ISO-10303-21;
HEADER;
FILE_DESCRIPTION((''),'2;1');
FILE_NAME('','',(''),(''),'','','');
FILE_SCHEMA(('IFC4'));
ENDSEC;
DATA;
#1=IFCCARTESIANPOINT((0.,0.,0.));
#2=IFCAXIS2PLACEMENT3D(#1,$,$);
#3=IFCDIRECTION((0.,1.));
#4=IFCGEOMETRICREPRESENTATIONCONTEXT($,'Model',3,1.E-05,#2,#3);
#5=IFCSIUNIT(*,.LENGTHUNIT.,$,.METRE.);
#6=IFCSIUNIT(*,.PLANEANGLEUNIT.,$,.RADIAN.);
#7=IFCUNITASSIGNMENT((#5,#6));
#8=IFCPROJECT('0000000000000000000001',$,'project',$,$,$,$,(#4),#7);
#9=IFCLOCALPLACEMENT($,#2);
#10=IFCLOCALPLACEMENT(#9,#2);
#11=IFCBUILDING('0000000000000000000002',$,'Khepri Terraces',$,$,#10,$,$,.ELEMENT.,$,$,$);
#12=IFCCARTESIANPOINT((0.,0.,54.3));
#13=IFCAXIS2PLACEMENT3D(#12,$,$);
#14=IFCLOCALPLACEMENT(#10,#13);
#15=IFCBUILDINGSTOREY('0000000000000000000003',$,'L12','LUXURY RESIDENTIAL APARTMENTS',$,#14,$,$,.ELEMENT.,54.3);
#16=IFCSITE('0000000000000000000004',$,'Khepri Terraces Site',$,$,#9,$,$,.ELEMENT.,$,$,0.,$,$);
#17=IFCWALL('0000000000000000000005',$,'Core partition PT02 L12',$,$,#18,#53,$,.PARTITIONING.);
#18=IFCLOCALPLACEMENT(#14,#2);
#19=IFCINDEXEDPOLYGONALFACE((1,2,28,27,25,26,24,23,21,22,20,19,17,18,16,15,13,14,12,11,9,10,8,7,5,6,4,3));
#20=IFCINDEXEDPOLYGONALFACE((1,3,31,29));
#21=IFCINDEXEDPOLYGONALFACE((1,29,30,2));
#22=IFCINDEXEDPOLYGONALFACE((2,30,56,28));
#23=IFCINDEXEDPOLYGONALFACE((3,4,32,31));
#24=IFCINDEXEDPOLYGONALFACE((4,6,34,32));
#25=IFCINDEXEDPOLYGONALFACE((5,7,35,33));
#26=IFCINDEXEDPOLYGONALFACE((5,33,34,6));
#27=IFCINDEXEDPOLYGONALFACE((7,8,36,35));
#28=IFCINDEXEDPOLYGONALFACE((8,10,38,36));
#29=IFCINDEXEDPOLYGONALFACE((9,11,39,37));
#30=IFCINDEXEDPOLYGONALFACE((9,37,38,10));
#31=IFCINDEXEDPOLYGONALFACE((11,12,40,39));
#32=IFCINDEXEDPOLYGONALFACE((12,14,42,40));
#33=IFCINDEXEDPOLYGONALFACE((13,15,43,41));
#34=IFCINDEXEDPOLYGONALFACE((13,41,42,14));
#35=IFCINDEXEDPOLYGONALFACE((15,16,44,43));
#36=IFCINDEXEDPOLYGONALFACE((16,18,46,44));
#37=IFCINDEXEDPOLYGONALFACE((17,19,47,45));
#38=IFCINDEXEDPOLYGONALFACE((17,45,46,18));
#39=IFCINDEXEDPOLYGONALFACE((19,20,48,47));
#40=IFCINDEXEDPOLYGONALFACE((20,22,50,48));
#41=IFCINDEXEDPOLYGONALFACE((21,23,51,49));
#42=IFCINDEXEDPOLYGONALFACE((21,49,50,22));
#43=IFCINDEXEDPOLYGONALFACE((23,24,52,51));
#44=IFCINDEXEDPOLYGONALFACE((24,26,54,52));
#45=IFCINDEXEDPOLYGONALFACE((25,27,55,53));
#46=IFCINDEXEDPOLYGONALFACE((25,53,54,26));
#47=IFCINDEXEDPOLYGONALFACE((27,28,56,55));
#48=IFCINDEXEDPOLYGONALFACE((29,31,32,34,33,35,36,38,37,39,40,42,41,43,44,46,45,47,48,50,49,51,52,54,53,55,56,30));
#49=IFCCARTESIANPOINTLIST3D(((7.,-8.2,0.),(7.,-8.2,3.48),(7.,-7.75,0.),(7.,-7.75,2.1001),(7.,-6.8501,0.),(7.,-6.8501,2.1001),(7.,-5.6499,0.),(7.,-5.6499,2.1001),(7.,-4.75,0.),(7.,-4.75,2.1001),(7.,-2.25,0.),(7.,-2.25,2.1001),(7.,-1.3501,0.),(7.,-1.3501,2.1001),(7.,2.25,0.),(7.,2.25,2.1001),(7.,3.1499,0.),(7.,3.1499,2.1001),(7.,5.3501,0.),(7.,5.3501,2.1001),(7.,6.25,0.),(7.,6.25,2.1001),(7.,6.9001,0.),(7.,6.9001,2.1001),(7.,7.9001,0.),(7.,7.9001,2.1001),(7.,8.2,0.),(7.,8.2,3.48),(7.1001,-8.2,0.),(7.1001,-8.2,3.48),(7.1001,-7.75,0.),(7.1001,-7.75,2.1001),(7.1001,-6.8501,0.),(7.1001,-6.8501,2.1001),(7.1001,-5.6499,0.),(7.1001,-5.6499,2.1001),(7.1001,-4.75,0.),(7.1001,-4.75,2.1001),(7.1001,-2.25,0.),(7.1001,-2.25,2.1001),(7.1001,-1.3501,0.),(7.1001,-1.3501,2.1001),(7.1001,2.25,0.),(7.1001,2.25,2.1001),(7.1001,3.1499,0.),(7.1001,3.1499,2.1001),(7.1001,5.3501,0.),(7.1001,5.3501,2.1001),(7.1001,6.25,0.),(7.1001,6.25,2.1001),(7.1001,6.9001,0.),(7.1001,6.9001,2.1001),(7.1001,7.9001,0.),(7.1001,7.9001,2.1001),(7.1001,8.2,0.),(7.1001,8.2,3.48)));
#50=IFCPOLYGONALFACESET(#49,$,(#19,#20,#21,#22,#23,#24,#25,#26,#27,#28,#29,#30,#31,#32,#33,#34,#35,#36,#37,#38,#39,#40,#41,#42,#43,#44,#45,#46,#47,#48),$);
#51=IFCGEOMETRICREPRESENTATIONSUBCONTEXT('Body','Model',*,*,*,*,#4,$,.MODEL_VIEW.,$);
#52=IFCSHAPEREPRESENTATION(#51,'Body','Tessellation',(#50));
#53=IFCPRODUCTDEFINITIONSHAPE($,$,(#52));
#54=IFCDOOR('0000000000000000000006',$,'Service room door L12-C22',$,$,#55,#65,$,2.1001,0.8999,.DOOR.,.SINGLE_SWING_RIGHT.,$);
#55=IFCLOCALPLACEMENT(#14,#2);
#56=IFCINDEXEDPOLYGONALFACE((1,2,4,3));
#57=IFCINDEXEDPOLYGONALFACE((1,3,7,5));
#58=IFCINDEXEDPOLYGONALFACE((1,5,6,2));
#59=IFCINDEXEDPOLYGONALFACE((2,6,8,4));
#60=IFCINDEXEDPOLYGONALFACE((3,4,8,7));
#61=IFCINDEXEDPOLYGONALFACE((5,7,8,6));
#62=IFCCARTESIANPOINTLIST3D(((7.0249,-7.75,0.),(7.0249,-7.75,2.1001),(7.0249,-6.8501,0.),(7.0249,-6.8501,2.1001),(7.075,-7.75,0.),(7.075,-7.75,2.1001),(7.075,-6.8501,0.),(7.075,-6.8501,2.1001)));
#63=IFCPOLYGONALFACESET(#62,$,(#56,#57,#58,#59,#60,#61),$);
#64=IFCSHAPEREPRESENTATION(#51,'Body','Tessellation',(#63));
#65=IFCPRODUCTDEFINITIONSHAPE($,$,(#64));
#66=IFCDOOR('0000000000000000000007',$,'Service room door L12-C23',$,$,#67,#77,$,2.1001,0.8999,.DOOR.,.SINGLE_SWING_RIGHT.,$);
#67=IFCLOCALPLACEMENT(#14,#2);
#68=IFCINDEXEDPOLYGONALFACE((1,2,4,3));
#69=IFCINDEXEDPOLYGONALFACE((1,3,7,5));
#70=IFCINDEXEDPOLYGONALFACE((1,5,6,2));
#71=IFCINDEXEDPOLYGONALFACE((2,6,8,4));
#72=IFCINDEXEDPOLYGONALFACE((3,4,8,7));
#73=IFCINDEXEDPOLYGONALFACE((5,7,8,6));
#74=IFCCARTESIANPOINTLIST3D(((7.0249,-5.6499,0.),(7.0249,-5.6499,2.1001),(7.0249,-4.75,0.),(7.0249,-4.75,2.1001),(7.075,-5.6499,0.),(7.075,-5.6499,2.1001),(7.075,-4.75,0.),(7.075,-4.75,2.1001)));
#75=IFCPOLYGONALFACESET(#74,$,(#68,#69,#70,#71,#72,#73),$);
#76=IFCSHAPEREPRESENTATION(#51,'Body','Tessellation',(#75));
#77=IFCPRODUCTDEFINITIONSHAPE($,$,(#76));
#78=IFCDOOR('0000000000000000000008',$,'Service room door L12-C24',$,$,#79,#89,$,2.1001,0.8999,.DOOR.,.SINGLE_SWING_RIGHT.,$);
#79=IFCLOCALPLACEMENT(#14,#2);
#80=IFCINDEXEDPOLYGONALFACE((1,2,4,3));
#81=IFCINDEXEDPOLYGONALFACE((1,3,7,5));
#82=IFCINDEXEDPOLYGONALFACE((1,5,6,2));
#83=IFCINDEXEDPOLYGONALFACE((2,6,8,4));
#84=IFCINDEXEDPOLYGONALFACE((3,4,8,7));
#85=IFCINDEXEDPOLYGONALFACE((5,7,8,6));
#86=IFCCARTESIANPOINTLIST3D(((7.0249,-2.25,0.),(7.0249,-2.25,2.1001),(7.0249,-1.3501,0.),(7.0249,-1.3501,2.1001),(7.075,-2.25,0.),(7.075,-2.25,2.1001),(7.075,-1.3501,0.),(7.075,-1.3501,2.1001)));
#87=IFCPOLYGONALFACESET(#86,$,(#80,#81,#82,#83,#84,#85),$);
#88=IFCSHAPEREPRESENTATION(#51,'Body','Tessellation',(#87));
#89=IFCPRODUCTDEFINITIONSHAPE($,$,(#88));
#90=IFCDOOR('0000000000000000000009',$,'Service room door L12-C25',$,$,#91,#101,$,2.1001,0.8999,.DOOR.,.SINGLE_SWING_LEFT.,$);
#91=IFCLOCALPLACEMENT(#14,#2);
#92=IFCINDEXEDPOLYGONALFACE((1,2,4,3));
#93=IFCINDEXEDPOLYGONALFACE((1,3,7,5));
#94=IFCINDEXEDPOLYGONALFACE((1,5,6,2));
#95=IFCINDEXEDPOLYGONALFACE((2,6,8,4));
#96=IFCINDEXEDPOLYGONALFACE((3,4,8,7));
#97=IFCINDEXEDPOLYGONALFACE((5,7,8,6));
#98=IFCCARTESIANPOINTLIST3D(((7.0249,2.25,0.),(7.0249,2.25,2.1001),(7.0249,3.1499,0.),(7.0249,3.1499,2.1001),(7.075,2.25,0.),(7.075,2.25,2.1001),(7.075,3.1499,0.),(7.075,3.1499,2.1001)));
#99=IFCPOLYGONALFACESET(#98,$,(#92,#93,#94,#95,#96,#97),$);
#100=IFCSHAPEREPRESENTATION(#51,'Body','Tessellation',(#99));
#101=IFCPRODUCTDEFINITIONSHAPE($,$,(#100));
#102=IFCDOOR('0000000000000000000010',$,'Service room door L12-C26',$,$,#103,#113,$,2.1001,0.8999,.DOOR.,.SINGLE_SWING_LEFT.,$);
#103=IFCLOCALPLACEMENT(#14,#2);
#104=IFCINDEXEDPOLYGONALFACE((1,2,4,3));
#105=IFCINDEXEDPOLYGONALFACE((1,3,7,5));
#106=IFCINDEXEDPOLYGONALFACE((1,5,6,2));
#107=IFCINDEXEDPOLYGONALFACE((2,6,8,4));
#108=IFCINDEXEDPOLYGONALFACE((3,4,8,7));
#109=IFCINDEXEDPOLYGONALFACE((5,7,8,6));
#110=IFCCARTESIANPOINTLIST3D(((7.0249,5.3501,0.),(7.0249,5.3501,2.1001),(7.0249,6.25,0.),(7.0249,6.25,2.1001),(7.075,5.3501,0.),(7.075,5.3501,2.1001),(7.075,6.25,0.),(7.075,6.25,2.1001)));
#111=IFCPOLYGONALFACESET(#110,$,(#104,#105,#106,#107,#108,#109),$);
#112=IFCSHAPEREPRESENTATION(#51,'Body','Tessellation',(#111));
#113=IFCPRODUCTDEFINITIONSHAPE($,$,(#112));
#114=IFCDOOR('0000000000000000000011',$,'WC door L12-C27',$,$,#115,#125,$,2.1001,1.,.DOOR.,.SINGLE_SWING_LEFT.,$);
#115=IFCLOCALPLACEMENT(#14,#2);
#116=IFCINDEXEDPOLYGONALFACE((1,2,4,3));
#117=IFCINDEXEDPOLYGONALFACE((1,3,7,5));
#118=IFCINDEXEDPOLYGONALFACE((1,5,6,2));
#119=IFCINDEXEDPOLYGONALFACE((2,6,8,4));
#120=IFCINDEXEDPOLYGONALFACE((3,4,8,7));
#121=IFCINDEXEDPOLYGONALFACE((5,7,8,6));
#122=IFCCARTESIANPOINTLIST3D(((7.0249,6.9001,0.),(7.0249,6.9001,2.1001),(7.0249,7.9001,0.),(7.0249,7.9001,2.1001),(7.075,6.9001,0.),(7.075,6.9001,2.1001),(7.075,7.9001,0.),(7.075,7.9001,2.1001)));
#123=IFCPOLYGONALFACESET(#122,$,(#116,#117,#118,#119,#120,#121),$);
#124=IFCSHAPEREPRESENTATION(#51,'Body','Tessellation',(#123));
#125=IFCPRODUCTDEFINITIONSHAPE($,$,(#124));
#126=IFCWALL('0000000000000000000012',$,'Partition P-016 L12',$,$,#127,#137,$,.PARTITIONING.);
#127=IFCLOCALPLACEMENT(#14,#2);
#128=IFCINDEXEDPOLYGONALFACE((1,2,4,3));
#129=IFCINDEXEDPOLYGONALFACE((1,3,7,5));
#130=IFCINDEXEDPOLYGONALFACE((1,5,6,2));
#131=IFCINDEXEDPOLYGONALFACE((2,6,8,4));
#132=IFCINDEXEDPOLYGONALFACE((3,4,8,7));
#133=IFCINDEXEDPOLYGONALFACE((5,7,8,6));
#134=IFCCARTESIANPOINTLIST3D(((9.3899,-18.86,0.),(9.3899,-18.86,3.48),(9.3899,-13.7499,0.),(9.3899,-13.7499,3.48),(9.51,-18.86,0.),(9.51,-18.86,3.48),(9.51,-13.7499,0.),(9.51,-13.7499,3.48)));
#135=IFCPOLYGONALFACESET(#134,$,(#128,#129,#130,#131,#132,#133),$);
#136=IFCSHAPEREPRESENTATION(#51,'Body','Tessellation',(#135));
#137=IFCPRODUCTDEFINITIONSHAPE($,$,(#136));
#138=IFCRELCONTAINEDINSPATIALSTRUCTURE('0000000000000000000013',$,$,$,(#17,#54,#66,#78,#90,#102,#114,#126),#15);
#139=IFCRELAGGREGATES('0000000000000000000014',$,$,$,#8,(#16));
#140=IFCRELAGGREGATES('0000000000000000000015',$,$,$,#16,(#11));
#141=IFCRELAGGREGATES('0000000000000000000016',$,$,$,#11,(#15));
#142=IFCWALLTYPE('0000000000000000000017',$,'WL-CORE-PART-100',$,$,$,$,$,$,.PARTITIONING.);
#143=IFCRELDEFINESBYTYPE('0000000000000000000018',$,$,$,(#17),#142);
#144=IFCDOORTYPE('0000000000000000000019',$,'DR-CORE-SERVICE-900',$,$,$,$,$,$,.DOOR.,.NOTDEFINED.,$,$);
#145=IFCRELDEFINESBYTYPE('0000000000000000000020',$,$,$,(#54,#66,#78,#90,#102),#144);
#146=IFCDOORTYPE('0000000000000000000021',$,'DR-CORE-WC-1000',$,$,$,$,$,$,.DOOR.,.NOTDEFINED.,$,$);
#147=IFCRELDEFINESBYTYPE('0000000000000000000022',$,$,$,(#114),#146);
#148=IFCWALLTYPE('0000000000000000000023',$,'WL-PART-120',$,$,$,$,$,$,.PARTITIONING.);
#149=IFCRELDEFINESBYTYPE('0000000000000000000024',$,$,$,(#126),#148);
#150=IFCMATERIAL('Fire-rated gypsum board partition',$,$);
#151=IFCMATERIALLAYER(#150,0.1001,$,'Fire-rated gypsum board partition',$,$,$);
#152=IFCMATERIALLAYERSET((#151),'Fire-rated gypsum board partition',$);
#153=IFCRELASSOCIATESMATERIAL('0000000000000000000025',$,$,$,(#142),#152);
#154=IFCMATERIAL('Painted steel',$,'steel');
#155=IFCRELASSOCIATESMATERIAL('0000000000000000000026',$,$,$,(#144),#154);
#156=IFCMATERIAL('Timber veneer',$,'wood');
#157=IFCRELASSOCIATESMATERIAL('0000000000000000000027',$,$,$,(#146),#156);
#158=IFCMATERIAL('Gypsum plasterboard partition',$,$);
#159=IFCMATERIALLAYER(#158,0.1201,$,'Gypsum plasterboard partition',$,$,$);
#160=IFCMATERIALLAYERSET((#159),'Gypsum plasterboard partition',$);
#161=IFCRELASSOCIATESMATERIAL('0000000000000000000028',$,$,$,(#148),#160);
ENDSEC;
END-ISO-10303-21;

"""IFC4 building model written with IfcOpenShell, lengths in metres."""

from ifc_helpers import new_model, si_unit, direction, frame, frame_2d, origin, place, context, subcontext, project, spatial, rectangle, extrude, material, layer, layer_set, type_object, element, fill, save


model = new_model("IFC4")

# Units and contexts
model_context = context("Model", 3, precision=1e-05, world=origin(), true_north=direction((0.0, 1.0)))
body_context = subcontext(model_context, "Body", "Model", "MODEL_VIEW")
ifc_project = project(units=[si_unit("LENGTHUNIT", "METRE"), si_unit("PLANEANGLEUNIT", "RADIAN")], contexts=[model_context])

# Site, building, storey
site_placement = place(None, origin())
site = spatial("IfcSite", under=ifc_project, at=site_placement, Name="Khepri Terraces Site", CompositionType="ELEMENT", RefElevation=0.0)
building_placement = place(site_placement, origin())
building = spatial("IfcBuilding", under=site, at=building_placement, Name="Khepri Terraces", CompositionType="ELEMENT")
storey_placement = place(building_placement, frame((0.0, 0.0, 54.3)))
storey = spatial("IfcBuildingStorey", under=building, at=storey_placement, Name="L12", Description="LUXURY RESIDENTIAL APARTMENTS", CompositionType="ELEMENT", Elevation=54.3)

# Wall, openings, doors
ifc_material_1 = material(Name="Fire-rated gypsum board partition")
ifc_layer_1 = layer(ifc_material_1, 0.1001, Name="Fire-rated gypsum board partition")
ifc_layer_set_1 = layer_set([ifc_layer_1], Name="Fire-rated gypsum board partition")
wall_type_1 = type_object("IfcWallType", Name="WL-CORE-PART-100", PredefinedType="PARTITIONING", material=ifc_layer_set_1)
wall_1_placement = place(storey_placement, frame((7.05, -8.2, 0.0), z_axis=(0.0, 0.0, 1.0), x_axis=(0.0, 1.0, 0.0)))
wall_1 = element("IfcWall", 1, at=wall_1_placement, inside=storey, type_object=wall_type_1, Name="Core partition PT02 L12", PredefinedType="PARTITIONING", context=body_context, shape_type="SweptSolid", body=[
    extrude(rectangle(XDim=16.3999, YDim=0.1001, at=frame_2d((8.2, 0.0))), origin(), (0.0, 0.0, 1.0), 3.48),
])
opening_1_placement = place(wall_1_placement, frame((0.45, 0.0, 0.0)))
opening_1 = element("IfcOpeningElement", 2, at=opening_1_placement, cuts=wall_1, PredefinedType="OPENING", context=body_context, shape_type="SweptSolid", body=[
    extrude(rectangle(XDim=0.8999, YDim=2.1001, at=frame_2d((0.45, 1.05))), frame((0.0, 0.0601, 0.0), z_axis=(0.0, -1.0, 0.0), x_axis=(1.0, 0.0, 0.0)), (0.0, 0.0, 1.0), 0.1201),
])
opening_2_placement = place(wall_1_placement, frame((2.55, 0.0, 0.0)))
opening_2 = element("IfcOpeningElement", 3, at=opening_2_placement, cuts=wall_1, PredefinedType="OPENING", context=body_context, shape_type="SweptSolid", body=[
    extrude(rectangle(XDim=0.8999, YDim=2.1001, at=frame_2d((0.45, 1.05))), frame((0.0, 0.0601, 0.0), z_axis=(0.0, -1.0, 0.0), x_axis=(1.0, 0.0, 0.0)), (0.0, 0.0, 1.0), 0.1201),
])
opening_3_placement = place(wall_1_placement, frame((5.95, 0.0, 0.0)))
opening_3 = element("IfcOpeningElement", 4, at=opening_3_placement, cuts=wall_1, PredefinedType="OPENING", context=body_context, shape_type="SweptSolid", body=[
    extrude(rectangle(XDim=0.8999, YDim=2.1001, at=frame_2d((0.45, 1.05))), frame((0.0, 0.0601, 0.0), z_axis=(0.0, -1.0, 0.0), x_axis=(1.0, 0.0, 0.0)), (0.0, 0.0, 1.0), 0.1201),
])
opening_4_placement = place(wall_1_placement, frame((10.45, 0.0, 0.0)))
opening_4 = element("IfcOpeningElement", 5, at=opening_4_placement, cuts=wall_1, PredefinedType="OPENING", context=body_context, shape_type="SweptSolid", body=[
    extrude(rectangle(XDim=0.8999, YDim=2.1001, at=frame_2d((0.45, 1.05))), frame((0.0, 0.0601, 0.0), z_axis=(0.0, -1.0, 0.0), x_axis=(1.0, 0.0, 0.0)), (0.0, 0.0, 1.0), 0.1201),
])
opening_5_placement = place(wall_1_placement, frame((13.55, 0.0, 0.0)))
opening_5 = element("IfcOpeningElement", 6, at=opening_5_placement, cuts=wall_1, PredefinedType="OPENING", context=body_context, shape_type="SweptSolid", body=[
    extrude(rectangle(XDim=0.8999, YDim=2.1001, at=frame_2d((0.45, 1.05))), frame((0.0, 0.0601, 0.0), z_axis=(0.0, -1.0, 0.0), x_axis=(1.0, 0.0, 0.0)), (0.0, 0.0, 1.0), 0.1201),
])
opening_6_placement = place(wall_1_placement, frame((15.1001, 0.0, 0.0)))
opening_6 = element("IfcOpeningElement", 7, at=opening_6_placement, cuts=wall_1, PredefinedType="OPENING", context=body_context, shape_type="SweptSolid", body=[
    extrude(rectangle(XDim=1.0, YDim=2.1001, at=frame_2d((0.5, 1.05))), frame((0.0, 0.0601, 0.0), z_axis=(0.0, -1.0, 0.0), x_axis=(1.0, 0.0, 0.0)), (0.0, 0.0, 1.0), 0.1201),
])
ifc_material_2 = material(Name="Painted steel", Category="steel")
door_type_1 = type_object("IfcDoorType", Name="DR-CORE-SERVICE-900", OperationType="NOTDEFINED", PredefinedType="DOOR", material=ifc_material_2)
door_1_placement = place(opening_1_placement, frame((0.8999, 0.0, 0.0), z_axis=(0.0, 0.0, 1.0), x_axis=(-1.0, 0.0, 0.0)))
door_1 = element("IfcDoor", 8, at=door_1_placement, inside=storey, type_object=door_type_1, Name="Service room door L12-C22", OperationType="SINGLE_SWING_RIGHT", OverallHeight=2.1001, OverallWidth=0.8999, PredefinedType="DOOR", context=body_context, shape_type="SweptSolid", body=[
    extrude(rectangle(XDim=0.8999, YDim=2.1001, at=frame_2d((0.45, 1.05))), frame((0.0, 0.0249, 0.0), z_axis=(0.0, -1.0, 0.0), x_axis=(1.0, 0.0, 0.0)), (0.0, 0.0, 1.0), 0.05),
])
fill(opening_1, door_1)
door_2_placement = place(opening_2_placement, frame((0.8999, 0.0, 0.0), z_axis=(0.0, 0.0, 1.0), x_axis=(-1.0, 0.0, 0.0)))
door_2 = element("IfcDoor", 9, at=door_2_placement, inside=storey, type_object=door_type_1, Name="Service room door L12-C23", OperationType="SINGLE_SWING_RIGHT", OverallHeight=2.1001, OverallWidth=0.8999, PredefinedType="DOOR", context=body_context, shape_type="SweptSolid", body=[
    extrude(rectangle(XDim=0.8999, YDim=2.1001, at=frame_2d((0.45, 1.05))), frame((0.0, 0.0249, 0.0), z_axis=(0.0, -1.0, 0.0), x_axis=(1.0, 0.0, 0.0)), (0.0, 0.0, 1.0), 0.05),
])
fill(opening_2, door_2)
door_3_placement = place(opening_3_placement, frame((0.8999, 0.0, 0.0), z_axis=(0.0, 0.0, 1.0), x_axis=(-1.0, 0.0, 0.0)))
door_3 = element("IfcDoor", 10, at=door_3_placement, inside=storey, type_object=door_type_1, Name="Service room door L12-C24", OperationType="SINGLE_SWING_RIGHT", OverallHeight=2.1001, OverallWidth=0.8999, PredefinedType="DOOR", context=body_context, shape_type="SweptSolid", body=[
    extrude(rectangle(XDim=0.8999, YDim=2.1001, at=frame_2d((0.45, 1.05))), frame((0.0, 0.0249, 0.0), z_axis=(0.0, -1.0, 0.0), x_axis=(1.0, 0.0, 0.0)), (0.0, 0.0, 1.0), 0.05),
])
fill(opening_3, door_3)
door_4_placement = place(opening_4_placement, frame((0.8999, 0.0, 0.0), z_axis=(0.0, 0.0, 1.0), x_axis=(-1.0, 0.0, 0.0)))
door_4 = element("IfcDoor", 11, at=door_4_placement, inside=storey, type_object=door_type_1, Name="Service room door L12-C25", OperationType="SINGLE_SWING_LEFT", OverallHeight=2.1001, OverallWidth=0.8999, PredefinedType="DOOR", context=body_context, shape_type="SweptSolid", body=[
    extrude(rectangle(XDim=0.8999, YDim=2.1001, at=frame_2d((0.45, 1.05))), frame((0.0, 0.0249, 0.0), z_axis=(0.0, -1.0, 0.0), x_axis=(1.0, 0.0, 0.0)), (0.0, 0.0, 1.0), 0.05),
])
fill(opening_4, door_4)
door_5_placement = place(opening_5_placement, frame((0.8999, 0.0, 0.0), z_axis=(0.0, 0.0, 1.0), x_axis=(-1.0, 0.0, 0.0)))
door_5 = element("IfcDoor", 12, at=door_5_placement, inside=storey, type_object=door_type_1, Name="Service room door L12-C26", OperationType="SINGLE_SWING_LEFT", OverallHeight=2.1001, OverallWidth=0.8999, PredefinedType="DOOR", context=body_context, shape_type="SweptSolid", body=[
    extrude(rectangle(XDim=0.8999, YDim=2.1001, at=frame_2d((0.45, 1.05))), frame((0.0, 0.0249, 0.0), z_axis=(0.0, -1.0, 0.0), x_axis=(1.0, 0.0, 0.0)), (0.0, 0.0, 1.0), 0.05),
])
fill(opening_5, door_5)
ifc_material_3 = material(Name="Timber veneer", Category="wood")
door_type_2 = type_object("IfcDoorType", Name="DR-CORE-WC-1000", OperationType="NOTDEFINED", PredefinedType="DOOR", material=ifc_material_3)
door_6_placement = place(opening_6_placement, frame((1.0, 0.0, 0.0), z_axis=(0.0, 0.0, 1.0), x_axis=(-1.0, 0.0, 0.0)))
door_6 = element("IfcDoor", 13, at=door_6_placement, inside=storey, type_object=door_type_2, Name="WC door L12-C27", OperationType="SINGLE_SWING_LEFT", OverallHeight=2.1001, OverallWidth=1.0, PredefinedType="DOOR", context=body_context, shape_type="SweptSolid", body=[
    extrude(rectangle(XDim=1.0, YDim=2.1001, at=frame_2d((0.5, 1.05))), frame((0.0, 0.0249, 0.0), z_axis=(0.0, -1.0, 0.0), x_axis=(1.0, 0.0, 0.0)), (0.0, 0.0, 1.0), 0.05),
])
fill(opening_6, door_6)

# Wall
ifc_material_4 = material(Name="Gypsum plasterboard partition")
ifc_layer_2 = layer(ifc_material_4, 0.1201, Name="Gypsum plasterboard partition")
ifc_layer_set_2 = layer_set([ifc_layer_2], Name="Gypsum plasterboard partition")
wall_type_2 = type_object("IfcWallType", Name="WL-PART-120", PredefinedType="PARTITIONING", material=ifc_layer_set_2)
wall_2_placement = place(storey_placement, frame((9.45, -18.8601, 0.0), z_axis=(0.0, 0.0, 1.0), x_axis=(0.0, 1.0, 0.0)))
element("IfcWall", 14, at=wall_2_placement, inside=storey, type_object=wall_type_2, Name="Partition P-016 L12", PredefinedType="PARTITIONING", context=body_context, shape_type="SweptSolid", body=[
    extrude(rectangle(XDim=5.1101, YDim=0.1201, at=frame_2d((2.5552, 0.0))), origin(), (0.0, 0.0, 1.0), 3.48),
])

save(model, "model.ifc")
